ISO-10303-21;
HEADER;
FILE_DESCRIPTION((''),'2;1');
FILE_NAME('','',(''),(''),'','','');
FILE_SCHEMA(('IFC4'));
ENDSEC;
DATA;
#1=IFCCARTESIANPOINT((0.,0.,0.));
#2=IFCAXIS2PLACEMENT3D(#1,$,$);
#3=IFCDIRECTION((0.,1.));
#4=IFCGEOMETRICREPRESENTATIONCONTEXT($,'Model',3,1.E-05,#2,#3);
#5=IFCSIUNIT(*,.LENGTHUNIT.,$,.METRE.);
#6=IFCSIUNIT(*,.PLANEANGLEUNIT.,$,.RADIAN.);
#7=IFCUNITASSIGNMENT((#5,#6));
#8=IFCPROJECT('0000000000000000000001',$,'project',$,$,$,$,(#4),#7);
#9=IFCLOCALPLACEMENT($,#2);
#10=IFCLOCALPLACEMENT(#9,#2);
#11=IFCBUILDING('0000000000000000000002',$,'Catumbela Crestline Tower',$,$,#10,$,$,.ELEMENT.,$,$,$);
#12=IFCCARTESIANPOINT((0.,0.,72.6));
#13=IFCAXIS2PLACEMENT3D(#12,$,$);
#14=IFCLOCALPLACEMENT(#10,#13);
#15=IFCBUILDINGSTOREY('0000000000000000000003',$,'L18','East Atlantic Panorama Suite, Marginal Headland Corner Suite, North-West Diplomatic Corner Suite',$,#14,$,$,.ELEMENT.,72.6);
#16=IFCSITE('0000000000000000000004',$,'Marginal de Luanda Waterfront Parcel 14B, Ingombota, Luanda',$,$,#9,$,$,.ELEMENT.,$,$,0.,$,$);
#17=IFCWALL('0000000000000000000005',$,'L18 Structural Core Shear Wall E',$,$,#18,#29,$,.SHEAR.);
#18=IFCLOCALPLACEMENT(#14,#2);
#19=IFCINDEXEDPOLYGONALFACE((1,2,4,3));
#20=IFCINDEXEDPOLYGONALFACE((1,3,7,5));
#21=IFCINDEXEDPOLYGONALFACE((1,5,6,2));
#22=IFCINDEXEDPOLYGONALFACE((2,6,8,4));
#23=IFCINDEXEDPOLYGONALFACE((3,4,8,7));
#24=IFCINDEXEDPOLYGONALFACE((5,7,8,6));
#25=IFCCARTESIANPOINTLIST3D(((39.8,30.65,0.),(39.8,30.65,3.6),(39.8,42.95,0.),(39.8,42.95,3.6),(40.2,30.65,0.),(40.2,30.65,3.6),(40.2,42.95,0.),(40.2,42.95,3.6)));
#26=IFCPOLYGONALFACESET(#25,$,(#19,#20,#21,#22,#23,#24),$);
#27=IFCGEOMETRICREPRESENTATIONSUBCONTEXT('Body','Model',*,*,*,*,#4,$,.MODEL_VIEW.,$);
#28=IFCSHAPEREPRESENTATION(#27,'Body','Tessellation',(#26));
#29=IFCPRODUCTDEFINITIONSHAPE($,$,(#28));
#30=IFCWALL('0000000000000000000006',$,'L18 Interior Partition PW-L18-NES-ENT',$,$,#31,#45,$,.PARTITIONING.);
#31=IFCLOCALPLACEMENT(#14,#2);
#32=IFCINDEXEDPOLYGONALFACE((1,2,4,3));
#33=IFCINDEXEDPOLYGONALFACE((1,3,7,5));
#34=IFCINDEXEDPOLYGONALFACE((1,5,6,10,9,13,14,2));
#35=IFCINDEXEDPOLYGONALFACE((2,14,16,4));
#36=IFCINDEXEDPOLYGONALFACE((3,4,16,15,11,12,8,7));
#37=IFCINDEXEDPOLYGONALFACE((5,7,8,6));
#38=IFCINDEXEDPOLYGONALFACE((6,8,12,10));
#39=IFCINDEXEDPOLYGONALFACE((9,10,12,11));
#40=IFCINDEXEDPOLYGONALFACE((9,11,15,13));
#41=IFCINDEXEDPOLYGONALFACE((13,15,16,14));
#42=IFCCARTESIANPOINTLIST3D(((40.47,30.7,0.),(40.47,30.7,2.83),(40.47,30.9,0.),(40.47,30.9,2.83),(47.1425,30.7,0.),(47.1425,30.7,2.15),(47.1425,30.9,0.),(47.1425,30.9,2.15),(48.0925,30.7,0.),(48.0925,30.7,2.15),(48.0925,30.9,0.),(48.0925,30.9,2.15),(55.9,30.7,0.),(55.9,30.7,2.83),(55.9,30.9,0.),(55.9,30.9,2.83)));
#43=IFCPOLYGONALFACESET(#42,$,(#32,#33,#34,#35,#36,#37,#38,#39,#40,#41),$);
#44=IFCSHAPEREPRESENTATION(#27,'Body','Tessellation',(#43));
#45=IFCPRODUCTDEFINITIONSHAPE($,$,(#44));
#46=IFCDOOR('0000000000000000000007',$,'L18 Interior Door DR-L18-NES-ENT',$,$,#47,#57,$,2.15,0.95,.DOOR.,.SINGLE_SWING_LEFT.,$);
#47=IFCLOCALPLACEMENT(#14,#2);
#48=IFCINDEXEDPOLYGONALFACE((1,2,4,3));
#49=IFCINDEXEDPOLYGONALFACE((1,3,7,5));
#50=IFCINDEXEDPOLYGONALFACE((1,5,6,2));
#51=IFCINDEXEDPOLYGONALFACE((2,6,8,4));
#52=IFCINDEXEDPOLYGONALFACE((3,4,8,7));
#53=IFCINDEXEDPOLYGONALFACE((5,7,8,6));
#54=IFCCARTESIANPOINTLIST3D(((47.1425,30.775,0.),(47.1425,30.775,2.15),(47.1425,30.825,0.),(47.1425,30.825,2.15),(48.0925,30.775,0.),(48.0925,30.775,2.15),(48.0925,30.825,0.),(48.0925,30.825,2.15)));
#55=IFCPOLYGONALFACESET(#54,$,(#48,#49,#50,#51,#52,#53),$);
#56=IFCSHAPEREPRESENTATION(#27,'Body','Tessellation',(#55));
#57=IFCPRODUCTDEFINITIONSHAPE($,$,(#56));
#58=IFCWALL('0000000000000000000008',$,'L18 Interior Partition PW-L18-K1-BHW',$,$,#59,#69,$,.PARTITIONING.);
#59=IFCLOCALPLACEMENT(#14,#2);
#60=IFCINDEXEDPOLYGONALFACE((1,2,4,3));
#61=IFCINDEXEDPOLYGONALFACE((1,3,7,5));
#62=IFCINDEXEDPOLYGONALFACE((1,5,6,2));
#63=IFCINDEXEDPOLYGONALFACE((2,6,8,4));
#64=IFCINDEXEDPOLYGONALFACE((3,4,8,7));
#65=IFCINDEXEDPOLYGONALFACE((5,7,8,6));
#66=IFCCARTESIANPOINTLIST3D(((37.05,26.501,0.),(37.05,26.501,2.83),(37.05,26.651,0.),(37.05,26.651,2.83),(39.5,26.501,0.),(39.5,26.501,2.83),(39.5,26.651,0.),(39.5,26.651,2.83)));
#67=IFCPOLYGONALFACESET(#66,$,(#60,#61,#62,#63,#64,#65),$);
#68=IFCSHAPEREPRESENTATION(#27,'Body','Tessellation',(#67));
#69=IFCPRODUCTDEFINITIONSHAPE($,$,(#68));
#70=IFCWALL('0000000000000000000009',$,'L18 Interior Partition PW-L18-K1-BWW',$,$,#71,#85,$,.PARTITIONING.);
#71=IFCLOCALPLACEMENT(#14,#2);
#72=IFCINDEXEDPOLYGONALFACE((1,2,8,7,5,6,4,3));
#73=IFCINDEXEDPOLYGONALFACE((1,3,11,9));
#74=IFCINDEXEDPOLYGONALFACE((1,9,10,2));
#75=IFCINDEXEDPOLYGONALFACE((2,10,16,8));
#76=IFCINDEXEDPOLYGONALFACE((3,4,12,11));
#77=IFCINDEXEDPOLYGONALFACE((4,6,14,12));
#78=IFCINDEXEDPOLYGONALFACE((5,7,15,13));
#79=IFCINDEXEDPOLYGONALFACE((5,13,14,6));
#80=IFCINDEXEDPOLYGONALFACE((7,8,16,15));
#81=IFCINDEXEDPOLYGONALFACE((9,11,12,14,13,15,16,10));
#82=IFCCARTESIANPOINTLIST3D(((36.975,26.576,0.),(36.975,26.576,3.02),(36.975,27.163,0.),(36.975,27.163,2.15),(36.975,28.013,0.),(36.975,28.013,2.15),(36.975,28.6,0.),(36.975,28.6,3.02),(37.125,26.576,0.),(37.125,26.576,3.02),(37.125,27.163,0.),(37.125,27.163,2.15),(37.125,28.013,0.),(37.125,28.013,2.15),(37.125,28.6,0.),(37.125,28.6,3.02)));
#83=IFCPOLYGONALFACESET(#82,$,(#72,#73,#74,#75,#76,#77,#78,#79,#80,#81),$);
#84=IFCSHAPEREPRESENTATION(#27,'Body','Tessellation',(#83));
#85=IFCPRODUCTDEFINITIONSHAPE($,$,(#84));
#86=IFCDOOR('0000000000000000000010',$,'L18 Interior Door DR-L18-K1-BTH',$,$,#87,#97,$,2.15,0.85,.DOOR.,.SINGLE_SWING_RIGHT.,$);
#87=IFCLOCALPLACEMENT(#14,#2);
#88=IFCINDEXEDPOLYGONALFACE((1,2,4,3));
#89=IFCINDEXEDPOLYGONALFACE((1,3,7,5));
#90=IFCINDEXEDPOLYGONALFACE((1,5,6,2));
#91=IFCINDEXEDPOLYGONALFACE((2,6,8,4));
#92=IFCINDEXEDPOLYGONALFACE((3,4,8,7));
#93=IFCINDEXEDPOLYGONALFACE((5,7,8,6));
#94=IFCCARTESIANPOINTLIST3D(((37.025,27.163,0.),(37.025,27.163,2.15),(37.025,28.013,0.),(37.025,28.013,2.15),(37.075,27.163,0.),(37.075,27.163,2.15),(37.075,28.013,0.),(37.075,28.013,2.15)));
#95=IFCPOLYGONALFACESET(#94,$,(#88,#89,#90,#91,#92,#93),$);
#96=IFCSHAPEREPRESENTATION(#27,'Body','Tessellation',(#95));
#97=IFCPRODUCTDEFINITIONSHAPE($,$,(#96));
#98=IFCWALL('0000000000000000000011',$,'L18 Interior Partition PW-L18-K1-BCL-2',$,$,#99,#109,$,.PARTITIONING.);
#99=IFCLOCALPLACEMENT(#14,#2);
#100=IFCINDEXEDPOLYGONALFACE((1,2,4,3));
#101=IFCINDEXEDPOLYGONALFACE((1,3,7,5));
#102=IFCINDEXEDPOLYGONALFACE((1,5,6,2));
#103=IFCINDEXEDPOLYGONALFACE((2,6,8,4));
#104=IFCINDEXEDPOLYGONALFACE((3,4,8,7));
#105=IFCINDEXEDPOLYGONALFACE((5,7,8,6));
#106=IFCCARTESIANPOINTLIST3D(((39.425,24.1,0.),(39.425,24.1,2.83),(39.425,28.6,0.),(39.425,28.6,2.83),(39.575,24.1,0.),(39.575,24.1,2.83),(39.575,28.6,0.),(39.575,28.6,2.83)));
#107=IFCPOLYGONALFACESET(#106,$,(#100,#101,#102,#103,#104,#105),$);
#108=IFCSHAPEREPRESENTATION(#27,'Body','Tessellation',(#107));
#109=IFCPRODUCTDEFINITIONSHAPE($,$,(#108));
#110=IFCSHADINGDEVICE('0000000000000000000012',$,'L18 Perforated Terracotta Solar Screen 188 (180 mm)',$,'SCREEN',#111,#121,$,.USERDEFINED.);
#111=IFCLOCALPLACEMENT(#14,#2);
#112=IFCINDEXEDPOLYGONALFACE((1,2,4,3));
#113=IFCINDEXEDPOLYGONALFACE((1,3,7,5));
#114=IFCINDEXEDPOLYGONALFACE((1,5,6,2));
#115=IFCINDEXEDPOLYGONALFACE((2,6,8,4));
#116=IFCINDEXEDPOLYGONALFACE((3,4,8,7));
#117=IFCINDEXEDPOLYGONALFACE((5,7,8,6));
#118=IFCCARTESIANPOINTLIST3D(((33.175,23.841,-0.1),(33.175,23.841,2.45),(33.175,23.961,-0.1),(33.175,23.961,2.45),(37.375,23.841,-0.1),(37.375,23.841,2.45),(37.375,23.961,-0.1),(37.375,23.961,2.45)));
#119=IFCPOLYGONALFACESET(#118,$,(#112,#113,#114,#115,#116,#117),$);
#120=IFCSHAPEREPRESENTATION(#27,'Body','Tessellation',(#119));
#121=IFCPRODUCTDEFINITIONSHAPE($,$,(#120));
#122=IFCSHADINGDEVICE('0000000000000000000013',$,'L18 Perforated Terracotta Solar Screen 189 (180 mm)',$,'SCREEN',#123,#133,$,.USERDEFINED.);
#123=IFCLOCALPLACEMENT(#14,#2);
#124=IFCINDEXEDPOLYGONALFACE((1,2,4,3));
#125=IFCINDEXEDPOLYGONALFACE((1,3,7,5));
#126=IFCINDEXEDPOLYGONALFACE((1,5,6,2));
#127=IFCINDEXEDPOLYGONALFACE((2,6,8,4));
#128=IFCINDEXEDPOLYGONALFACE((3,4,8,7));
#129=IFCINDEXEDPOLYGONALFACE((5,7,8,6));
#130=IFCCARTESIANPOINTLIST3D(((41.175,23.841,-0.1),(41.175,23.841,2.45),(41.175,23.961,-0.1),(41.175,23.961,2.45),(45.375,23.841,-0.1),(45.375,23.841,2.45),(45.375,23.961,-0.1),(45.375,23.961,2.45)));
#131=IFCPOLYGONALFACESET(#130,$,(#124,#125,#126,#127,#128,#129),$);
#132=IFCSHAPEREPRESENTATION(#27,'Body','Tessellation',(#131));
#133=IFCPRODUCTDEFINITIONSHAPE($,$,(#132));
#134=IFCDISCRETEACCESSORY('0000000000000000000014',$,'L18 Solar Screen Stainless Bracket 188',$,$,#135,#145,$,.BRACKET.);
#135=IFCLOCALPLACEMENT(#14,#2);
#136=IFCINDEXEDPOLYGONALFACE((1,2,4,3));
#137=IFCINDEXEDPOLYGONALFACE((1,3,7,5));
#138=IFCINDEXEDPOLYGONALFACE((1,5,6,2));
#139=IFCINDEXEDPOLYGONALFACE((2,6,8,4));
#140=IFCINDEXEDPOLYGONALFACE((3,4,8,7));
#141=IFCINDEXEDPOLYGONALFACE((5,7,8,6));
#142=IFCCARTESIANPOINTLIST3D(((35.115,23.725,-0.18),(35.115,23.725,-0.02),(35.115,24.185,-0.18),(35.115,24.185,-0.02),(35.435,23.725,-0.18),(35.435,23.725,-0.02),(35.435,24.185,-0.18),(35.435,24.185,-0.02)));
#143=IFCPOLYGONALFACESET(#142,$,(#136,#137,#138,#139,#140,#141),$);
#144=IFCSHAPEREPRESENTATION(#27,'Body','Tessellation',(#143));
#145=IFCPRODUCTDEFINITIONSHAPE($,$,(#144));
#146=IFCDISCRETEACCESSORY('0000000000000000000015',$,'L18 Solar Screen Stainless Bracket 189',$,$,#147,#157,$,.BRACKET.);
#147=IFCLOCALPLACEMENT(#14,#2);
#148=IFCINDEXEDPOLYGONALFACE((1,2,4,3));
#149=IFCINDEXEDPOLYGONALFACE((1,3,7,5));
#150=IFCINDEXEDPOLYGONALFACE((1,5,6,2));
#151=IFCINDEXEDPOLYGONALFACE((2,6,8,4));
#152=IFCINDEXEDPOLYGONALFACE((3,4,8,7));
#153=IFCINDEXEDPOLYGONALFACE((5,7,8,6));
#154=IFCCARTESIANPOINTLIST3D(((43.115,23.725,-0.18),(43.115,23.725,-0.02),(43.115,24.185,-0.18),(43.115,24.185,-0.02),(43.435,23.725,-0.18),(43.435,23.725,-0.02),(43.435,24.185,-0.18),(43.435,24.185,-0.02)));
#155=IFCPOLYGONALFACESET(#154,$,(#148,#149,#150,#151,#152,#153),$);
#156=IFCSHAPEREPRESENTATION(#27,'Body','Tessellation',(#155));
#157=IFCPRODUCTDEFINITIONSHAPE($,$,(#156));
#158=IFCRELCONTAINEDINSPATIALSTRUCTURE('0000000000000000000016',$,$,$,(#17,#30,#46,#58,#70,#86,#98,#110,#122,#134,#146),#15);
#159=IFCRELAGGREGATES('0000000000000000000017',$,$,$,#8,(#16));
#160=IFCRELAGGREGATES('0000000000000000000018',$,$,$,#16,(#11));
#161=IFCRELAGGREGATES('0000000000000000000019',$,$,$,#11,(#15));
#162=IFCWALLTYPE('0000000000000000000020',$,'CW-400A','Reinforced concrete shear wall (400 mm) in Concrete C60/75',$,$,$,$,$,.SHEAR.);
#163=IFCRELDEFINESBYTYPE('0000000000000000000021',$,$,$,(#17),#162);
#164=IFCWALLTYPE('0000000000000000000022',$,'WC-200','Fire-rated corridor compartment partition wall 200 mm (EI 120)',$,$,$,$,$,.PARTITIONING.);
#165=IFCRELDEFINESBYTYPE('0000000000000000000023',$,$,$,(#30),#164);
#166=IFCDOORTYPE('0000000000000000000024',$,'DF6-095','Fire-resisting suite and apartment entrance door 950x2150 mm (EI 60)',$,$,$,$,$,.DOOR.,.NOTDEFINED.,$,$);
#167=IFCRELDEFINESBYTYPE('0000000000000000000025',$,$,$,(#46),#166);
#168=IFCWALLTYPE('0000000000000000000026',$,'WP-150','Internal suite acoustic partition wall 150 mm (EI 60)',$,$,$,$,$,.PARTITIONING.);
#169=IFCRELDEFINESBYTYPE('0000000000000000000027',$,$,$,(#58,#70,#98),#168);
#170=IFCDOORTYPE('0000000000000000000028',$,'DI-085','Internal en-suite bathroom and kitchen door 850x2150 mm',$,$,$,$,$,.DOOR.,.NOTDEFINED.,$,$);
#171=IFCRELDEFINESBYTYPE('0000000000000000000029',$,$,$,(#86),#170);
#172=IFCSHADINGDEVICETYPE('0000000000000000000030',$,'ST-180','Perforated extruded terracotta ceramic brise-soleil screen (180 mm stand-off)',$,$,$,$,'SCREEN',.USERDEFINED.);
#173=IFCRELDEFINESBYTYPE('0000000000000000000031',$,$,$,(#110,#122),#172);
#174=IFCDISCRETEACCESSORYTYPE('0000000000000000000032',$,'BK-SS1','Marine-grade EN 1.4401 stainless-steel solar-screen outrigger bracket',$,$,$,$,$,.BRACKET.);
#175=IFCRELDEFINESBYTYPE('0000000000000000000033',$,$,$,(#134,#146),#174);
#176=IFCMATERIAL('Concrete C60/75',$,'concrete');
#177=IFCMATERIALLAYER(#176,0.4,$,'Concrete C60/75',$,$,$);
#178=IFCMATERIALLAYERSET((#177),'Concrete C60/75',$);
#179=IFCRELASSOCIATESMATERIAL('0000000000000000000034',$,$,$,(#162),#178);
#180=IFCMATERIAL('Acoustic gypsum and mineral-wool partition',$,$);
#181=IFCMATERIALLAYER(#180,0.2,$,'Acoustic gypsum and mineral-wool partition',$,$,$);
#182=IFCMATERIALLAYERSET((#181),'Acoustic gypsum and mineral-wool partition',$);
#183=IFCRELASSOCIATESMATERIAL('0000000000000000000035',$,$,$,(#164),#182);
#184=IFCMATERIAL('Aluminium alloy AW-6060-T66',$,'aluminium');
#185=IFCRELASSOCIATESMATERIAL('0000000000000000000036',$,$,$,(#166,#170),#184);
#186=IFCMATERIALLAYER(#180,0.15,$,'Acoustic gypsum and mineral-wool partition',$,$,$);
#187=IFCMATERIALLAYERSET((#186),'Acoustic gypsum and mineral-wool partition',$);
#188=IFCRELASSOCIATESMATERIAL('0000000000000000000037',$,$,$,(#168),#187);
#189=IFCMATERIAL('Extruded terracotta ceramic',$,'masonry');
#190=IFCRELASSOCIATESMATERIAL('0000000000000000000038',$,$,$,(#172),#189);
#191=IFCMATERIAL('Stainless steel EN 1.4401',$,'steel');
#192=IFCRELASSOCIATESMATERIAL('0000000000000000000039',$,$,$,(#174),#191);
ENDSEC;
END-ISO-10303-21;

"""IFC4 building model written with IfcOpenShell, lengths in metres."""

from ifc_helpers import new_model, si_unit, direction, frame, frame_2d, origin, origin_2d, place, context, subcontext, project, spatial, rectangle, extrude, material, layer, layer_set, type_object, element, fill, save


model = new_model("IFC4")

# Units and contexts
model_context = context("Model", 3, precision=1e-05, world=origin(), true_north=direction((0.0, 1.0)))
body_context = subcontext(model_context, "Body", "Model", "MODEL_VIEW")
ifc_project = project(units=[si_unit("LENGTHUNIT", "METRE"), si_unit("PLANEANGLEUNIT", "RADIAN")], contexts=[model_context])

# Site, building, storey
site_placement = place(None, origin())
site = spatial("IfcSite", under=ifc_project, at=site_placement, Name="Marginal de Luanda Waterfront Parcel 14B, Ingombota, Luanda", CompositionType="ELEMENT", RefElevation=0.0)
building_placement = place(site_placement, origin())
building = spatial("IfcBuilding", under=site, at=building_placement, Name="Catumbela Crestline Tower", CompositionType="ELEMENT")
storey_placement = place(building_placement, frame((0.0, 0.0, 72.6)))
storey = spatial("IfcBuildingStorey", under=building, at=storey_placement, Name="L18", Description="East Atlantic Panorama Suite, Marginal Headland Corner Suite, North-West Diplomatic Corner Suite", CompositionType="ELEMENT", Elevation=72.6)

# Shared definitions
ifc_material_1 = material(Name="Concrete C60/75", Category="concrete")

# Shared definitions
ifc_material_2 = material(Name="Aluminium alloy AW-6060-T66", Category="aluminium")

# Wall
ifc_layer_1 = layer(ifc_material_1, 0.4, Name="Concrete C60/75")
ifc_layer_set_1 = layer_set([ifc_layer_1], Name="Concrete C60/75")
wall_type_1 = type_object("IfcWallType", Name="CW-400A", Description="Reinforced concrete shear wall (400 mm) in Concrete C60/75", PredefinedType="SHEAR", material=ifc_layer_set_1)
wall_1_placement = place(storey_placement, frame((40.0, 30.65, 0.0), z_axis=(0.0, 0.0, 1.0), x_axis=(0.0, 1.0, 0.0)))
element("IfcWall", 1, at=wall_1_placement, inside=storey, type_object=wall_type_1, Name="L18 Structural Core Shear Wall E", PredefinedType="SHEAR", context=body_context, shape_type="SweptSolid", body=[
    extrude(rectangle(XDim=12.3, YDim=0.4, at=frame_2d((6.15, 0.0))), origin(), (0.0, 0.0, 1.0), 3.6),
])

# Wall, opening, door
ifc_material_3 = material(Name="Acoustic gypsum and mineral-wool partition")
ifc_layer_2 = layer(ifc_material_3, 0.2, Name="Acoustic gypsum and mineral-wool partition")
ifc_layer_set_2 = layer_set([ifc_layer_2], Name="Acoustic gypsum and mineral-wool partition")
wall_type_2 = type_object("IfcWallType", Name="WC-200", Description="Fire-rated corridor compartment partition wall 200 mm (EI 120)", PredefinedType="PARTITIONING", material=ifc_layer_set_2)
wall_2_placement = place(storey_placement, frame((40.47, 30.8, 0.0), z_axis=(0.0, 0.0, 1.0), x_axis=(1.0, 0.0, 0.0)))
wall_2 = element("IfcWall", 2, at=wall_2_placement, inside=storey, type_object=wall_type_2, Name="L18 Interior Partition PW-L18-NES-ENT", PredefinedType="PARTITIONING", context=body_context, shape_type="SweptSolid", body=[
    extrude(rectangle(XDim=15.43, YDim=0.2, at=frame_2d((7.715, 0.0))), origin(), (0.0, 0.0, 1.0), 2.83),
])
opening_1_placement = place(wall_2_placement, frame((6.6725, 0.0, 0.0)))
opening_1 = element("IfcOpeningElement", 3, at=opening_1_placement, cuts=wall_2, PredefinedType="OPENING", context=body_context, shape_type="SweptSolid", body=[
    extrude(rectangle(XDim=0.95, YDim=2.15, at=frame_2d((0.475, 1.075))), frame((0.0, 0.11, 0.0), z_axis=(0.0, -1.0, 0.0), x_axis=(1.0, 0.0, 0.0)), (0.0, 0.0, 1.0), 0.22),
])
door_type_1 = type_object("IfcDoorType", Name="DF6-095", Description="Fire-resisting suite and apartment entrance door 950x2150 mm (EI 60)", OperationType="NOTDEFINED", PredefinedType="DOOR", material=ifc_material_2)
door_1_placement = place(opening_1_placement, origin())
door_1 = element("IfcDoor", 4, at=door_1_placement, inside=storey, type_object=door_type_1, Name="L18 Interior Door DR-L18-NES-ENT", OperationType="SINGLE_SWING_LEFT", OverallHeight=2.15, OverallWidth=0.95, PredefinedType="DOOR", context=body_context, shape_type="SweptSolid", body=[
    extrude(rectangle(XDim=0.95, YDim=2.15, at=frame_2d((0.475, 1.075))), frame((0.0, 0.025, 0.0), z_axis=(0.0, -1.0, 0.0), x_axis=(1.0, 0.0, 0.0)), (0.0, 0.0, 1.0), 0.05),
])
fill(opening_1, door_1)

# Wall
ifc_layer_3 = layer(ifc_material_3, 0.15, Name="Acoustic gypsum and mineral-wool partition")
ifc_layer_set_3 = layer_set([ifc_layer_3], Name="Acoustic gypsum and mineral-wool partition")
wall_type_3 = type_object("IfcWallType", Name="WP-150", Description="Internal suite acoustic partition wall 150 mm (EI 60)", PredefinedType="PARTITIONING", material=ifc_layer_set_3)
wall_3_placement = place(storey_placement, frame((37.05, 26.576, 0.0), z_axis=(0.0, 0.0, 1.0), x_axis=(1.0, 0.0, 0.0)))
element("IfcWall", 5, at=wall_3_placement, inside=storey, type_object=wall_type_3, Name="L18 Interior Partition PW-L18-K1-BHW", PredefinedType="PARTITIONING", context=body_context, shape_type="SweptSolid", body=[
    extrude(rectangle(XDim=2.45, YDim=0.15, at=frame_2d((1.225, 0.0))), origin(), (0.0, 0.0, 1.0), 2.83),
])

# Wall, opening, door
wall_4_placement = place(storey_placement, frame((37.05, 26.576, 0.0), z_axis=(0.0, 0.0, 1.0), x_axis=(0.0, 1.0, 0.0)))
wall_4 = element("IfcWall", 6, at=wall_4_placement, inside=storey, type_object=wall_type_3, Name="L18 Interior Partition PW-L18-K1-BWW", PredefinedType="PARTITIONING", context=body_context, shape_type="SweptSolid", body=[
    extrude(rectangle(XDim=2.024, YDim=0.15, at=frame_2d((1.012, 0.0))), origin(), (0.0, 0.0, 1.0), 3.02),
])
opening_2_placement = place(wall_4_placement, frame((0.587, 0.0, 0.0)))
opening_2 = element("IfcOpeningElement", 7, at=opening_2_placement, cuts=wall_4, PredefinedType="OPENING", context=body_context, shape_type="SweptSolid", body=[
    extrude(rectangle(XDim=0.85, YDim=2.15, at=frame_2d((0.425, 1.075))), frame((0.0, 0.085, 0.0), z_axis=(0.0, -1.0, 0.0), x_axis=(1.0, 0.0, 0.0)), (0.0, 0.0, 1.0), 0.17),
])
door_type_2 = type_object("IfcDoorType", Name="DI-085", Description="Internal en-suite bathroom and kitchen door 850x2150 mm", OperationType="NOTDEFINED", PredefinedType="DOOR", material=ifc_material_2)
door_2_placement = place(opening_2_placement, origin())
door_2 = element("IfcDoor", 8, at=door_2_placement, inside=storey, type_object=door_type_2, Name="L18 Interior Door DR-L18-K1-BTH", OperationType="SINGLE_SWING_RIGHT", OverallHeight=2.15, OverallWidth=0.85, PredefinedType="DOOR", context=body_context, shape_type="SweptSolid", body=[
    extrude(rectangle(XDim=0.85, YDim=2.15, at=frame_2d((0.425, 1.075))), frame((0.0, 0.025, 0.0), z_axis=(0.0, -1.0, 0.0), x_axis=(1.0, 0.0, 0.0)), (0.0, 0.0, 1.0), 0.05),
])
fill(opening_2, door_2)

# Wall
wall_5_placement = place(storey_placement, frame((39.5, 28.6, 0.0), z_axis=(0.0, 0.0, 1.0), x_axis=(0.0, -1.0, 0.0)))
element("IfcWall", 9, at=wall_5_placement, inside=storey, type_object=wall_type_3, Name="L18 Interior Partition PW-L18-K1-BCL-2", PredefinedType="PARTITIONING", context=body_context, shape_type="SweptSolid", body=[
    extrude(rectangle(XDim=4.5, YDim=0.15, at=frame_2d((2.25, 0.0))), origin(), (0.0, 0.0, 1.0), 2.83),
])

# Shading devices
ifc_material_4 = material(Name="Extruded terracotta ceramic", Category="masonry")
shading_device_type = type_object("IfcShadingDeviceType", Name="ST-180", Description="Perforated extruded terracotta ceramic brise-soleil screen (180 mm stand-off)", ElementType="SCREEN", PredefinedType="USERDEFINED", material=ifc_material_4)
for number, where, z_axis, x_axis, name in (
    (10, (35.275, 23.901, -0.1), (0.0, 0.0, 1.0), (1.0, 0.0, 0.0), "L18 Perforated Terracotta Solar Screen 188 (180 mm)"),
    (11, (43.275, 23.901, -0.1), (0.0, 0.0, 1.0), (1.0, 0.0, 0.0), "L18 Perforated Terracotta Solar Screen 189 (180 mm)"),
):
    element("IfcShadingDevice", number, at=place(storey_placement, frame(where, z_axis=z_axis, x_axis=x_axis)), inside=storey, type_object=shading_device_type, Name=name, ObjectType="SCREEN", PredefinedType="USERDEFINED", context=body_context, shape_type="SweptSolid", body=[
        extrude(rectangle(XDim=4.2, YDim=0.12, at=origin_2d()), origin(), (0.0, 0.0, 1.0), 2.55),
    ])

# Discrete accessories
ifc_material_5 = material(Name="Stainless steel EN 1.4401", Category="steel")
discrete_accessory_type = type_object("IfcDiscreteAccessoryType", Name="BK-SS1", Description="Marine-grade EN 1.4401 stainless-steel solar-screen outrigger bracket", PredefinedType="BRACKET", material=ifc_material_5)
for number, where, z_axis, x_axis, name in (
    (12, (35.275, 23.955, -0.18), (0.0, 0.0, 1.0), (1.0, 0.0, 0.0), "L18 Solar Screen Stainless Bracket 188"),
    (13, (43.275, 23.955, -0.18), (0.0, 0.0, 1.0), (1.0, 0.0, 0.0), "L18 Solar Screen Stainless Bracket 189"),
):
    element("IfcDiscreteAccessory", number, at=place(storey_placement, frame(where, z_axis=z_axis, x_axis=x_axis)), inside=storey, type_object=discrete_accessory_type, Name=name, PredefinedType="BRACKET", context=body_context, shape_type="SweptSolid", body=[
        extrude(rectangle(XDim=0.32, YDim=0.46, at=origin_2d()), origin(), (0.0, 0.0, 1.0), 0.16),
    ])

save(model, "model.ifc")
